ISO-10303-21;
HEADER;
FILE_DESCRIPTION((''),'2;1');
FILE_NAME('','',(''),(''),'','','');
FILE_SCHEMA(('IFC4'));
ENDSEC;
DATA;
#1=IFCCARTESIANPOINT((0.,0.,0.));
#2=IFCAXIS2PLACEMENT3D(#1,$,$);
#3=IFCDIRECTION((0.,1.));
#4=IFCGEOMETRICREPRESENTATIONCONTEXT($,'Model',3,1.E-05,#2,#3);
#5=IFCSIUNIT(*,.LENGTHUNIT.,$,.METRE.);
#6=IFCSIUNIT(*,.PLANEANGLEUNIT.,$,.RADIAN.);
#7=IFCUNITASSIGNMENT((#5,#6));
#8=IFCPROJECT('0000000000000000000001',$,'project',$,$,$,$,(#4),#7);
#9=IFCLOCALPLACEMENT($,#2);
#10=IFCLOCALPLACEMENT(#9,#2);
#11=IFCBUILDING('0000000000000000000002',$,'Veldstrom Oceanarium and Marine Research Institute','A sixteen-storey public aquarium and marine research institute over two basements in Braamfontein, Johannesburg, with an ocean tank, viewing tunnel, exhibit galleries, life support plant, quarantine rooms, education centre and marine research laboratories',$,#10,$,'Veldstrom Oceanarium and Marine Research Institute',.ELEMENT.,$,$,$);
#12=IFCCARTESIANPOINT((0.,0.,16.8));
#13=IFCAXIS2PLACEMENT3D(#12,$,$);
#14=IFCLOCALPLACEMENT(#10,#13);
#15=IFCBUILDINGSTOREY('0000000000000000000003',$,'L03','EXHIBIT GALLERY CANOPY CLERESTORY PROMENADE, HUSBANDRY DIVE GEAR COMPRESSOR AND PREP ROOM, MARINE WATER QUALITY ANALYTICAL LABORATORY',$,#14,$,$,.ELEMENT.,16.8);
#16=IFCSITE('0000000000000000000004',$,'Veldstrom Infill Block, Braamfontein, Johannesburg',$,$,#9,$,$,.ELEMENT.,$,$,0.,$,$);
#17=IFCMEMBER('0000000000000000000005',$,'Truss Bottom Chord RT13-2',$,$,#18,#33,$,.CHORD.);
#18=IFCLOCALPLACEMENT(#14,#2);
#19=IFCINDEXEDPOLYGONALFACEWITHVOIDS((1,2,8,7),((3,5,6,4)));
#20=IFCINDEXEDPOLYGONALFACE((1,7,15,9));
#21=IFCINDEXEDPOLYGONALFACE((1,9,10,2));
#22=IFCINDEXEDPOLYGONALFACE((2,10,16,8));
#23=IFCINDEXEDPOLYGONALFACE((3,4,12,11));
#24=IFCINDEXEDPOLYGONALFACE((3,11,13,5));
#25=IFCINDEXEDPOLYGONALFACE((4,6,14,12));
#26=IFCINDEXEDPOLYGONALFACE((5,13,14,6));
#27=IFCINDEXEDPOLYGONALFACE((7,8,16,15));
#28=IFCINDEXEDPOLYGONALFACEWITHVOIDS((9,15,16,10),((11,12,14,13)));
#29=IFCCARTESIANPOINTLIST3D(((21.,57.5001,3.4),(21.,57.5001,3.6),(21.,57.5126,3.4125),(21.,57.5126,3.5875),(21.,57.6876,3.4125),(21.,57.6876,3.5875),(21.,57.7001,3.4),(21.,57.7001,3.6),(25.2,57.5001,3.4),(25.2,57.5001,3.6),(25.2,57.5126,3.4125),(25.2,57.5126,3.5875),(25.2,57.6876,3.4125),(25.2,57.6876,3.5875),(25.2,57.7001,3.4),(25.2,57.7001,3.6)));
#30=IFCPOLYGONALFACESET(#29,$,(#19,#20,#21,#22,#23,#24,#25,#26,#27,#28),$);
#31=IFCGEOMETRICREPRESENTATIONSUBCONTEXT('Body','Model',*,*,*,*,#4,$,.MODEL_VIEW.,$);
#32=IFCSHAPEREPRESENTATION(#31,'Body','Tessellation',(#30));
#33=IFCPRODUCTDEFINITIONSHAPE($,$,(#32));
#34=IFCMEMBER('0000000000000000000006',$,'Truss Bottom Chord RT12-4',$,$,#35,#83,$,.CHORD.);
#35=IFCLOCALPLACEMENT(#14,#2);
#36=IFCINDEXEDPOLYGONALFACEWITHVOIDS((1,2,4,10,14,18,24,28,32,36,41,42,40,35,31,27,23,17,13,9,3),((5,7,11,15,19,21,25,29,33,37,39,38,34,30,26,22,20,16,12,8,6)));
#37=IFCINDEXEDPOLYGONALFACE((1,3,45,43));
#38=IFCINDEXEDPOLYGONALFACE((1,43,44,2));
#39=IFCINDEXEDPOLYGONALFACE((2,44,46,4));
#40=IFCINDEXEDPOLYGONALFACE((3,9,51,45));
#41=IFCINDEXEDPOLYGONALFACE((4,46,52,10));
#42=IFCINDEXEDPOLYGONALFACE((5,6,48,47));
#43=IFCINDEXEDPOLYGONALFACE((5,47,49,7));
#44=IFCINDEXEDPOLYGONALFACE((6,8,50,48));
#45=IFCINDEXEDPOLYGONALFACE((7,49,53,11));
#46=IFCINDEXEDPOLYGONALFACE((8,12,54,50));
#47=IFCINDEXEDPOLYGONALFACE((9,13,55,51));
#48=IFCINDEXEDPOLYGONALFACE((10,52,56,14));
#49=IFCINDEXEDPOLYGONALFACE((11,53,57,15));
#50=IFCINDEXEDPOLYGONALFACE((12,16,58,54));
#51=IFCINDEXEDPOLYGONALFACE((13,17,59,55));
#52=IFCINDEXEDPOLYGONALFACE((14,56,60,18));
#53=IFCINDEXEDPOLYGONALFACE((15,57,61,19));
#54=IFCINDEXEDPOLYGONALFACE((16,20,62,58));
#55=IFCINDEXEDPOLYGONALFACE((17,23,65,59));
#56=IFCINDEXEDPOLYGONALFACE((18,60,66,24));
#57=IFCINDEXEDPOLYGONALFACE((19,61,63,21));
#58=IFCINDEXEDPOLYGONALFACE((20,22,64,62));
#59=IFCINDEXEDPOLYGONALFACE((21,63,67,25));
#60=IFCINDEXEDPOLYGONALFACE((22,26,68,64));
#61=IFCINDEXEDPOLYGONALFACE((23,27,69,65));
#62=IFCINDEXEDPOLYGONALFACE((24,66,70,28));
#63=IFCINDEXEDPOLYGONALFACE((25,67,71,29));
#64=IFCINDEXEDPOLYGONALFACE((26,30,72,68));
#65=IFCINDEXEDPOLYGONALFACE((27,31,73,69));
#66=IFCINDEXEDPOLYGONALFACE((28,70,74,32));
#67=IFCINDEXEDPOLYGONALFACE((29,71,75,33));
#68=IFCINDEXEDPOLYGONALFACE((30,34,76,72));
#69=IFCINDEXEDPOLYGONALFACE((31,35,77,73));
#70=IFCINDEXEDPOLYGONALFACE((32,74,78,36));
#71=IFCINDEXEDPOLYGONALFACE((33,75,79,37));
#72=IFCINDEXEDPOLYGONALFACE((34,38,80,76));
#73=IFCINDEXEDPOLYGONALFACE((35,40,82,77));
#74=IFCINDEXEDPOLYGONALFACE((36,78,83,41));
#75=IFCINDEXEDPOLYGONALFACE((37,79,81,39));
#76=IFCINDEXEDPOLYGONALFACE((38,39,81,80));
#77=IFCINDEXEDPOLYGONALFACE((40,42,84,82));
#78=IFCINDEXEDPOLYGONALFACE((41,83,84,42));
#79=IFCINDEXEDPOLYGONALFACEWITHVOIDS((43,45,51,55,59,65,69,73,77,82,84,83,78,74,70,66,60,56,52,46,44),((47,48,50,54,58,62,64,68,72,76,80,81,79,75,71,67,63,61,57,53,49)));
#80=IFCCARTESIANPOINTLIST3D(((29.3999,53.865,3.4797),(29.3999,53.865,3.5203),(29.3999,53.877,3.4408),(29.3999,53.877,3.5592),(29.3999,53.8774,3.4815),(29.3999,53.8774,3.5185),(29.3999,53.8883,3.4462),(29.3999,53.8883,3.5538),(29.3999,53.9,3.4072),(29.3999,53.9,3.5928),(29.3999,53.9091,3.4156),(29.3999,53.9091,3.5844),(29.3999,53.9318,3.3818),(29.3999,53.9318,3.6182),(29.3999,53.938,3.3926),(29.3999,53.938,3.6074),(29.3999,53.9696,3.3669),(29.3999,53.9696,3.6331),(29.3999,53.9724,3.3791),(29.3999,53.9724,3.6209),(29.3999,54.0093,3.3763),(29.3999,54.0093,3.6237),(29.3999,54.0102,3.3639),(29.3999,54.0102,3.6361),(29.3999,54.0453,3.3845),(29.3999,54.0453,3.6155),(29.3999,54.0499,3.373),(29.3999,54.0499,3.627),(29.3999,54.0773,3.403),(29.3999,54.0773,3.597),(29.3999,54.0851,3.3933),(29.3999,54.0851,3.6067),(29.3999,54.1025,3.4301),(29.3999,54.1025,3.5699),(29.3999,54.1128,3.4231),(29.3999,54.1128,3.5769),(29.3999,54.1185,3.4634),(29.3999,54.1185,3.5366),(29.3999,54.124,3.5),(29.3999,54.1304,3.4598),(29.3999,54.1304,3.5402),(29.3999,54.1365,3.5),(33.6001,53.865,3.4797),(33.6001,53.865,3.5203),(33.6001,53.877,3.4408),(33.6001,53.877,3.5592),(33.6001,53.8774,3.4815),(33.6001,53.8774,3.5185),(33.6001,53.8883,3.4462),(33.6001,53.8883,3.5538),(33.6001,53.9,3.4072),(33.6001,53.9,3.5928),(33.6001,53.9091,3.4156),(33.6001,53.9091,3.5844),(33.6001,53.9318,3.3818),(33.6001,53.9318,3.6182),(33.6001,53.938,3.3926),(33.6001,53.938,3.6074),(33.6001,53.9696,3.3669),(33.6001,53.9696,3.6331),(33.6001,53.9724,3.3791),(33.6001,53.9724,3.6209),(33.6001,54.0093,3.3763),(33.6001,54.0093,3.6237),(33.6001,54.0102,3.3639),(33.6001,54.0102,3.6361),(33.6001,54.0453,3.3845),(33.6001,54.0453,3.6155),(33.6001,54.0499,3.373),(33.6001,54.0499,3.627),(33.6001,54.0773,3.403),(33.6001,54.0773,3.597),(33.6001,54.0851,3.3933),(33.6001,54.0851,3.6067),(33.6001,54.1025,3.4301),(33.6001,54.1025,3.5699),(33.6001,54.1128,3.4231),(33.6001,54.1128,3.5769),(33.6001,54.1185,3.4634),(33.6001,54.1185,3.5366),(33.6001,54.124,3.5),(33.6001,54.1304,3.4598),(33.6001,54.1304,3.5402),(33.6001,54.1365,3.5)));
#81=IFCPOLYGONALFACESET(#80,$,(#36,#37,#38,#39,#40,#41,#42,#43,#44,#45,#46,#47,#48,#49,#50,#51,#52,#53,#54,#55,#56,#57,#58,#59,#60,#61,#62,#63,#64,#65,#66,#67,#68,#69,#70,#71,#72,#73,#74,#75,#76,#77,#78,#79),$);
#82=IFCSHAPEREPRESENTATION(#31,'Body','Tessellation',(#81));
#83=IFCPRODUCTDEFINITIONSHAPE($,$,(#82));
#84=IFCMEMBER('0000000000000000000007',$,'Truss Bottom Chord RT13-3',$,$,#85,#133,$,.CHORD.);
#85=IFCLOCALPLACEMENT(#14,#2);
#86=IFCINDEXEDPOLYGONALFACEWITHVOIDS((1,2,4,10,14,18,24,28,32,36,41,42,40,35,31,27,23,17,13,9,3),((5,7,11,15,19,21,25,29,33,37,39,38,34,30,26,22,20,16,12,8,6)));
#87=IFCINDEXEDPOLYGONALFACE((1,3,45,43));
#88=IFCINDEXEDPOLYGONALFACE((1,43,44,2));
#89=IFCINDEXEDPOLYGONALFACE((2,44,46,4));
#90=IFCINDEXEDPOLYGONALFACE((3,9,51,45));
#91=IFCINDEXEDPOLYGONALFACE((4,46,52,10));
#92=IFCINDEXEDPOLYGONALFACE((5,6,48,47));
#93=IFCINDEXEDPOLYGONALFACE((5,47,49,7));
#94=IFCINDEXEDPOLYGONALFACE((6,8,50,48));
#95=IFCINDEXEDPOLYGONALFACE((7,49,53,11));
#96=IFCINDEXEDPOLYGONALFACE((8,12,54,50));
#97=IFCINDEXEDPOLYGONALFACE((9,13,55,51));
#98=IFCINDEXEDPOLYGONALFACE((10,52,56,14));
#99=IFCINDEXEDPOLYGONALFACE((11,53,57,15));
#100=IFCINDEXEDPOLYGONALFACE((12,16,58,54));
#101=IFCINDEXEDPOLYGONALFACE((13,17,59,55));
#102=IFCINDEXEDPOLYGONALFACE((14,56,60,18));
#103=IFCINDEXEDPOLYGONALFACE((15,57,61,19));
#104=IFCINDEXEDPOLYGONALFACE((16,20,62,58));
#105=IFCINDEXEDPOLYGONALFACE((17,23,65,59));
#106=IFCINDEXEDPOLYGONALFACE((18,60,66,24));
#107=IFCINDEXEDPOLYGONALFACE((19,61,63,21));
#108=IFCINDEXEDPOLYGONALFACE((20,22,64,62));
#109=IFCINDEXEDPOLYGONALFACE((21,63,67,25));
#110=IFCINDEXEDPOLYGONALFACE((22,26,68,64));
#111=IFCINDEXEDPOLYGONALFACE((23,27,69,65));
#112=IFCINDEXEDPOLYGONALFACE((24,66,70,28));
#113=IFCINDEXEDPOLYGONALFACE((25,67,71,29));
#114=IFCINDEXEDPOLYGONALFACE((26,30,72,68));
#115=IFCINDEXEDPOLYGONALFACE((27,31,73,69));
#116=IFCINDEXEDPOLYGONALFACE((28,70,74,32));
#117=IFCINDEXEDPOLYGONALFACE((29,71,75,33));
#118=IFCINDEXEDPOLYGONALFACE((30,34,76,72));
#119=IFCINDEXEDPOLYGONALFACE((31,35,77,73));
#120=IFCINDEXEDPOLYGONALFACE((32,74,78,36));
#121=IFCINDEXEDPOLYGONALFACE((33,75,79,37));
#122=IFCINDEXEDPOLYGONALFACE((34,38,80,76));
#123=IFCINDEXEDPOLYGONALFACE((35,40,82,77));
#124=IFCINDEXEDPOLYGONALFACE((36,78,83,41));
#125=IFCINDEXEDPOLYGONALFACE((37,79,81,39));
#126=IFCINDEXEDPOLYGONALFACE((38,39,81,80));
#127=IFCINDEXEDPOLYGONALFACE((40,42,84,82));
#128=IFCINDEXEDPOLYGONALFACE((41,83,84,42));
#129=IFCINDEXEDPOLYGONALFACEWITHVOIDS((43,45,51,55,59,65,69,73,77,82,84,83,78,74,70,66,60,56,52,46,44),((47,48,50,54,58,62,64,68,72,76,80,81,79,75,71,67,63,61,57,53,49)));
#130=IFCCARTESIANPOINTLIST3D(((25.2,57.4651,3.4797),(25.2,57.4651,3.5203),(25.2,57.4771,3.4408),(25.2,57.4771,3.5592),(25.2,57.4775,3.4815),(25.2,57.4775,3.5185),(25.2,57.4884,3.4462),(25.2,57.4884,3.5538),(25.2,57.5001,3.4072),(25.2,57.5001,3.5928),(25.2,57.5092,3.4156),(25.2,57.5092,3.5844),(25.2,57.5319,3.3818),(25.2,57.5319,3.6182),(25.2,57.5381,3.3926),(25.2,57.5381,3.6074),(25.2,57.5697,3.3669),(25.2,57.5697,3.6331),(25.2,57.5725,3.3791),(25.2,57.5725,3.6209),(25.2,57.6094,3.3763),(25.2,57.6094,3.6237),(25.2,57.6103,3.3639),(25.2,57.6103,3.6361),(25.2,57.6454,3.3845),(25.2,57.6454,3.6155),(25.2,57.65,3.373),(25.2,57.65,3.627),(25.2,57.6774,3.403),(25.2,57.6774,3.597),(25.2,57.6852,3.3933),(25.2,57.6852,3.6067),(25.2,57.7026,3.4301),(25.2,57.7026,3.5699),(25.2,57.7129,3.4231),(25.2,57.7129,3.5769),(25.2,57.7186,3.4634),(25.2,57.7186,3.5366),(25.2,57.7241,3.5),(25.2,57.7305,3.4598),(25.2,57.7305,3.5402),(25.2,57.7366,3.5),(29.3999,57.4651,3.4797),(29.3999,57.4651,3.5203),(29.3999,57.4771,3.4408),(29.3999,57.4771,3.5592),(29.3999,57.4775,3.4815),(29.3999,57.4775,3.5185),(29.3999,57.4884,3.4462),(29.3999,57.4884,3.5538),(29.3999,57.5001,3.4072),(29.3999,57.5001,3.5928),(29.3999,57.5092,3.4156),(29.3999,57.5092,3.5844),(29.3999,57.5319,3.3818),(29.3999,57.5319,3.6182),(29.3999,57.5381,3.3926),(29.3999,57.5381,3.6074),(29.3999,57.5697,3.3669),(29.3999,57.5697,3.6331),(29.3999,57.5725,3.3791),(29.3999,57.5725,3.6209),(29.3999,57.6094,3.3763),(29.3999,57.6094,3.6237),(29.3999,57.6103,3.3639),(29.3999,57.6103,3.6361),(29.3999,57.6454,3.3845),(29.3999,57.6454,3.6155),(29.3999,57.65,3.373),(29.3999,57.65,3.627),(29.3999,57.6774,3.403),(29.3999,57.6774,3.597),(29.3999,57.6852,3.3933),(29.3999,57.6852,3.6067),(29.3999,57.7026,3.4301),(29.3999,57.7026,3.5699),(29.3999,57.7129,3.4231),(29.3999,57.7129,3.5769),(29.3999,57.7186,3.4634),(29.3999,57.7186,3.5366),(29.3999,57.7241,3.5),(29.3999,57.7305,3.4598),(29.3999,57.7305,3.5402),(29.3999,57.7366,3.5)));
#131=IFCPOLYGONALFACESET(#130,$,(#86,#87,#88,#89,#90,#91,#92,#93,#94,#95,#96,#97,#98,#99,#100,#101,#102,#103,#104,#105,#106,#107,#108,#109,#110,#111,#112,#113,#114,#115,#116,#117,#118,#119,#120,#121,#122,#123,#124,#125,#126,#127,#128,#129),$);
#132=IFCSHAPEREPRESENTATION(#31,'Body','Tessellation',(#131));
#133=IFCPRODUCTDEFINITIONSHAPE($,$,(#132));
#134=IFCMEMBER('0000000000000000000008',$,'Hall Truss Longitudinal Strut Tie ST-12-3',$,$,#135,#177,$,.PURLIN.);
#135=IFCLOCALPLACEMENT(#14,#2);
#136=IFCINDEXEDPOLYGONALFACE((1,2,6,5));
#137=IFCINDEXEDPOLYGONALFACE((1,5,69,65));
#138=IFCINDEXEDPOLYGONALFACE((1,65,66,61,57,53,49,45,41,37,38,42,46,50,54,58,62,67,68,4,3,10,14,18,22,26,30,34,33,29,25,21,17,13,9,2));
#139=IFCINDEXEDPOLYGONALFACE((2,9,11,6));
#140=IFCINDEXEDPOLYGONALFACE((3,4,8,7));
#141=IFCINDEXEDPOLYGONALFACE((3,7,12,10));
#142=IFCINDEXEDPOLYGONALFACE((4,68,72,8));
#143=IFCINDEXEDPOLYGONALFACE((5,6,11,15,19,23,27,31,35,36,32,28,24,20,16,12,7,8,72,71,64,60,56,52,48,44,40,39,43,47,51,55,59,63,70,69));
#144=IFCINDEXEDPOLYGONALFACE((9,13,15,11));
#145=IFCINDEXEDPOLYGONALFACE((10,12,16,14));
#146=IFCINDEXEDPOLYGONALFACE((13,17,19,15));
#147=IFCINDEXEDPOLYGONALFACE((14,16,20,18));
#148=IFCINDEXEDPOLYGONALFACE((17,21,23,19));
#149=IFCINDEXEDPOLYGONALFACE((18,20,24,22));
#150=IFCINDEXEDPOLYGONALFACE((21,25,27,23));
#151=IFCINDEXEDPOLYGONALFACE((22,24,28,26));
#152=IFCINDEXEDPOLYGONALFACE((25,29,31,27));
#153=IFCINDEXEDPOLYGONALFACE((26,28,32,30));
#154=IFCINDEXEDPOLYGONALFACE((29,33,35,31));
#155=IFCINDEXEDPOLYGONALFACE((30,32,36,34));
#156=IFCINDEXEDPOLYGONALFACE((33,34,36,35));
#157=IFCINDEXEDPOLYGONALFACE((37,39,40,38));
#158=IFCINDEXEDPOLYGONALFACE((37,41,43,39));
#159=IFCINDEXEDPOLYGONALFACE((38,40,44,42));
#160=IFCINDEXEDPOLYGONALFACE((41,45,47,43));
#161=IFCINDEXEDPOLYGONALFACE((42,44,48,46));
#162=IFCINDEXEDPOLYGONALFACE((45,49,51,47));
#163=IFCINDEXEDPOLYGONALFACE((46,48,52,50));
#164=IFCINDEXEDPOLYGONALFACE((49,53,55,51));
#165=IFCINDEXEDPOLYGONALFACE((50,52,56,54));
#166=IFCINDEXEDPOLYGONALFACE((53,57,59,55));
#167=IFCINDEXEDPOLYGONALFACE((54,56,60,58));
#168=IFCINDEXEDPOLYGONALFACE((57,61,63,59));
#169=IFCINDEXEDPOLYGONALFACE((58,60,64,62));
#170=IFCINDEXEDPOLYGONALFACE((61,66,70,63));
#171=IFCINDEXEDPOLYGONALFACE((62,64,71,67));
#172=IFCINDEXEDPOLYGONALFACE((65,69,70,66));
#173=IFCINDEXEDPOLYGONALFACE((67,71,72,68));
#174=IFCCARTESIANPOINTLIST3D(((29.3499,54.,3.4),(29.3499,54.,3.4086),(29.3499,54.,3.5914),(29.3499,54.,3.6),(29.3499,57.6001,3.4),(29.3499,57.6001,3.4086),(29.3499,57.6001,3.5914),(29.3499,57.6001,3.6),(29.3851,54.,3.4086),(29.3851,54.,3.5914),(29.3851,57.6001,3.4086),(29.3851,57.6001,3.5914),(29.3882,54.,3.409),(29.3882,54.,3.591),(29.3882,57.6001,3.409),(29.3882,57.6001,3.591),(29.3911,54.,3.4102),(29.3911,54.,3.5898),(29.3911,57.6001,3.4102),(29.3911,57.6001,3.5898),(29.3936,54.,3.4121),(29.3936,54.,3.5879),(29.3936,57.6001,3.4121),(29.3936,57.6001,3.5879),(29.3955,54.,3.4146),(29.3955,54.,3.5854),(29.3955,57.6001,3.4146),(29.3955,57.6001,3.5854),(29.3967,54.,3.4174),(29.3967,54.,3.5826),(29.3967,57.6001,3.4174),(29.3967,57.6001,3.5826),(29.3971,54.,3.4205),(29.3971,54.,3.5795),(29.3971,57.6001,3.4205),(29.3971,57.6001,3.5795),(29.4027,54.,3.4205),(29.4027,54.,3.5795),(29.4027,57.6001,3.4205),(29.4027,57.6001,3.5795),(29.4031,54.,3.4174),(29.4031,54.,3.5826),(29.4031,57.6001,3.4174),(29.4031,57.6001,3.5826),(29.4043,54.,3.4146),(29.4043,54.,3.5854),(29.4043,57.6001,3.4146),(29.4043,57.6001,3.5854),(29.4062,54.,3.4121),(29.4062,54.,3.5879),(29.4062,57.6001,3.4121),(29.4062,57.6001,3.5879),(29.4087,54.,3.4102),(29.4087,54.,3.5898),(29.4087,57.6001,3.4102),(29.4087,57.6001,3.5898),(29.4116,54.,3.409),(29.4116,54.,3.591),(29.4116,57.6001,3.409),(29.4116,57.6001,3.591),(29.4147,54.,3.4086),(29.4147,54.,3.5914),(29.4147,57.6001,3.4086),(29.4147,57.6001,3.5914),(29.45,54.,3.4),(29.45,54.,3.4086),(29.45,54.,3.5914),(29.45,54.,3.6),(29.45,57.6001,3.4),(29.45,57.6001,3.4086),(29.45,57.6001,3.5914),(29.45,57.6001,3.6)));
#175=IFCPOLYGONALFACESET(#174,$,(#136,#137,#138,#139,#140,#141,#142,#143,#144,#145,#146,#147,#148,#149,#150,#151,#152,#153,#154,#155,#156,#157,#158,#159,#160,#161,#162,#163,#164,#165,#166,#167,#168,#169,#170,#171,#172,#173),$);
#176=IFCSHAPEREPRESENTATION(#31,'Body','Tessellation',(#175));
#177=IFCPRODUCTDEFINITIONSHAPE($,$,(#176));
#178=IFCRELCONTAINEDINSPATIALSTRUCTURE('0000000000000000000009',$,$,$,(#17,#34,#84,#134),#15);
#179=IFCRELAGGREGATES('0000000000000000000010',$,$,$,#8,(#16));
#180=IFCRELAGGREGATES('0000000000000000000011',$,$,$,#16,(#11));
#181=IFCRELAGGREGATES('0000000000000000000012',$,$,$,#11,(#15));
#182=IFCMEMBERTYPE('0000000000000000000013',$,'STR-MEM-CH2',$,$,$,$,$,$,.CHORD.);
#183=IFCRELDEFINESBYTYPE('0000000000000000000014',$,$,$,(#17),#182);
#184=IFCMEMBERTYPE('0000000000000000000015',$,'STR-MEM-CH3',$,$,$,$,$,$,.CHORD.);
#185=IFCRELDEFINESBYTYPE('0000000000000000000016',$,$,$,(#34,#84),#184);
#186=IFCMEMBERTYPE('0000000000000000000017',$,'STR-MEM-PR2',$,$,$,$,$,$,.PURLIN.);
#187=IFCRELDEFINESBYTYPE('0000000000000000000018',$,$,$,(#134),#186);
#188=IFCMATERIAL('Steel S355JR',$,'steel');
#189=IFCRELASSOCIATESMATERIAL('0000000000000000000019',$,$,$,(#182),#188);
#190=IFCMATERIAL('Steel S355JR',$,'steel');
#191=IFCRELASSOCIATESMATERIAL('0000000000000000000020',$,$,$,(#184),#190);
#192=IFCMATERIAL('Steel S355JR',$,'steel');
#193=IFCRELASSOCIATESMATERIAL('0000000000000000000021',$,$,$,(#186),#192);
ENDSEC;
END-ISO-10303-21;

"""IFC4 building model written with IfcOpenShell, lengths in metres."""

from ifc_helpers import new_model, si_unit, direction, frame, origin, origin_2d, place, context, subcontext, project, spatial, hollow_rectangle, hollow_circle, i_section, extrude, material, material_profile, profile_set, type_object, element, save


model = new_model("IFC4")

# Units and contexts
model_context = context("Model", 3, precision=1e-05, world=origin(), true_north=direction((0.0, 1.0)))
body_context = subcontext(model_context, "Body", "Model", "MODEL_VIEW")
ifc_project = project(units=[si_unit("LENGTHUNIT", "METRE"), si_unit("PLANEANGLEUNIT", "RADIAN")], contexts=[model_context])

# Site, building, storey
site_placement = place(None, origin())
site = spatial("IfcSite", under=ifc_project, at=site_placement, Name="Veldstrom Infill Block, Braamfontein, Johannesburg", CompositionType="ELEMENT", RefElevation=0.0)
building_placement = place(site_placement, origin())
building = spatial("IfcBuilding", under=site, at=building_placement, Name="Veldstrom Oceanarium and Marine Research Institute", Description="A sixteen-storey public aquarium and marine research institute over two basements in Braamfontein, Johannesburg, with an ocean tank, viewing tunnel, exhibit galleries, life support plant, quarantine rooms, education centre and marine research laboratories", LongName="Veldstrom Oceanarium and Marine Research Institute", CompositionType="ELEMENT")
storey_placement = place(building_placement, frame((0.0, 0.0, 16.8)))
storey = spatial("IfcBuildingStorey", under=building, at=storey_placement, Name="L03", Description="EXHIBIT GALLERY CANOPY CLERESTORY PROMENADE, HUSBANDRY DIVE GEAR COMPRESSOR AND PREP ROOM, MARINE WATER QUALITY ANALYTICAL LABORATORY", CompositionType="ELEMENT", Elevation=16.8)

# Members
ifc_material_1 = material(Name="Steel S355JR", Category="steel")
ifc_material_profile_1 = material_profile(ifc_material_1, hollow_rectangle(XDim=0.2, YDim=0.2, WallThickness=0.0125, at=origin_2d()), Name="SHS 200x200x12.5")
ifc_profile_set_1 = profile_set([ifc_material_profile_1], Name="Steel S355JR")
member_type_1 = type_object("IfcMemberType", Name="STR-MEM-CH2", PredefinedType="CHORD", material=ifc_profile_set_1)
for number, where, z_axis, x_axis, name in (
    (1, (21.0, 57.6001, 3.5), (1.0, 0.0, 0.0), (0.0, 1.0, 0.0), "Truss Bottom Chord RT13-2"),
):
    element("IfcMember", number, at=place(storey_placement, frame(where, z_axis=z_axis, x_axis=x_axis)), inside=storey, type_object=member_type_1, Name=name, PredefinedType="CHORD", context=body_context, shape_type="SweptSolid", body=[
        extrude(hollow_rectangle(XDim=0.2, YDim=0.2, WallThickness=0.0125, at=origin_2d()), origin(), (0.0, 0.0, 1.0), 4.2),
    ])
ifc_material_2 = material(Name="Steel S355JR", Category="steel")
ifc_material_profile_2 = material_profile(ifc_material_2, hollow_circle(Radius=0.1365, WallThickness=0.0125, at=origin_2d()), Name="CHS 273x12.5")
ifc_profile_set_2 = profile_set([ifc_material_profile_2], Name="Steel S355JR")
member_type_2 = type_object("IfcMemberType", Name="STR-MEM-CH3", PredefinedType="CHORD", material=ifc_profile_set_2)
member_1_placement = place(storey_placement, frame((29.3999, 54.0, 3.5), z_axis=(1.0, 0.0, 0.0), x_axis=(0.0, 1.0, 0.0)))
element("IfcMember", 2, at=member_1_placement, inside=storey, type_object=member_type_2, Name="Truss Bottom Chord RT12-4", PredefinedType="CHORD", context=body_context, shape_type="SweptSolid", body=[
    extrude(hollow_circle(Radius=0.1365, WallThickness=0.0125, at=origin_2d()), origin(), (0.0, 0.0, 1.0), 4.2002),
])
member_2_placement = place(storey_placement, frame((25.2, 57.6001, 3.5), z_axis=(1.0, 0.0, 0.0), x_axis=(0.0, 1.0, 0.0)))
element("IfcMember", 3, at=member_2_placement, inside=storey, type_object=member_type_2, Name="Truss Bottom Chord RT13-3", PredefinedType="CHORD", context=body_context, shape_type="SweptSolid", body=[
    extrude(hollow_circle(Radius=0.1365, WallThickness=0.0125, at=origin_2d()), origin(), (0.0, 0.0, 1.0), 4.2),
])
ifc_material_3 = material(Name="Steel S355JR", Category="steel")
ifc_material_profile_3 = material_profile(ifc_material_3, i_section(OverallWidth=0.1001, OverallDepth=0.2, WebThickness=0.0056, FlangeThickness=0.0085, FilletRadius=0.012, at=origin_2d()), Name="IPE 200")
ifc_profile_set_3 = profile_set([ifc_material_profile_3], Name="Steel S355JR")
member_type_3 = type_object("IfcMemberType", Name="STR-MEM-PR2", PredefinedType="PURLIN", material=ifc_profile_set_3)
member_3_placement = place(storey_placement, frame((29.3999, 54.0, 3.5), z_axis=(0.0, 1.0, 0.0), x_axis=(-1.0, 0.0, 0.0)))
element("IfcMember", 4, at=member_3_placement, inside=storey, type_object=member_type_3, Name="Hall Truss Longitudinal Strut Tie ST-12-3", PredefinedType="PURLIN", context=body_context, shape_type="SweptSolid", body=[
    extrude(i_section(OverallWidth=0.1001, OverallDepth=0.2, WebThickness=0.0056, FlangeThickness=0.0085, FilletRadius=0.012, at=origin_2d()), origin(), (0.0, 0.0, 1.0), 3.6001),
])

save(model, "model.ifc")
